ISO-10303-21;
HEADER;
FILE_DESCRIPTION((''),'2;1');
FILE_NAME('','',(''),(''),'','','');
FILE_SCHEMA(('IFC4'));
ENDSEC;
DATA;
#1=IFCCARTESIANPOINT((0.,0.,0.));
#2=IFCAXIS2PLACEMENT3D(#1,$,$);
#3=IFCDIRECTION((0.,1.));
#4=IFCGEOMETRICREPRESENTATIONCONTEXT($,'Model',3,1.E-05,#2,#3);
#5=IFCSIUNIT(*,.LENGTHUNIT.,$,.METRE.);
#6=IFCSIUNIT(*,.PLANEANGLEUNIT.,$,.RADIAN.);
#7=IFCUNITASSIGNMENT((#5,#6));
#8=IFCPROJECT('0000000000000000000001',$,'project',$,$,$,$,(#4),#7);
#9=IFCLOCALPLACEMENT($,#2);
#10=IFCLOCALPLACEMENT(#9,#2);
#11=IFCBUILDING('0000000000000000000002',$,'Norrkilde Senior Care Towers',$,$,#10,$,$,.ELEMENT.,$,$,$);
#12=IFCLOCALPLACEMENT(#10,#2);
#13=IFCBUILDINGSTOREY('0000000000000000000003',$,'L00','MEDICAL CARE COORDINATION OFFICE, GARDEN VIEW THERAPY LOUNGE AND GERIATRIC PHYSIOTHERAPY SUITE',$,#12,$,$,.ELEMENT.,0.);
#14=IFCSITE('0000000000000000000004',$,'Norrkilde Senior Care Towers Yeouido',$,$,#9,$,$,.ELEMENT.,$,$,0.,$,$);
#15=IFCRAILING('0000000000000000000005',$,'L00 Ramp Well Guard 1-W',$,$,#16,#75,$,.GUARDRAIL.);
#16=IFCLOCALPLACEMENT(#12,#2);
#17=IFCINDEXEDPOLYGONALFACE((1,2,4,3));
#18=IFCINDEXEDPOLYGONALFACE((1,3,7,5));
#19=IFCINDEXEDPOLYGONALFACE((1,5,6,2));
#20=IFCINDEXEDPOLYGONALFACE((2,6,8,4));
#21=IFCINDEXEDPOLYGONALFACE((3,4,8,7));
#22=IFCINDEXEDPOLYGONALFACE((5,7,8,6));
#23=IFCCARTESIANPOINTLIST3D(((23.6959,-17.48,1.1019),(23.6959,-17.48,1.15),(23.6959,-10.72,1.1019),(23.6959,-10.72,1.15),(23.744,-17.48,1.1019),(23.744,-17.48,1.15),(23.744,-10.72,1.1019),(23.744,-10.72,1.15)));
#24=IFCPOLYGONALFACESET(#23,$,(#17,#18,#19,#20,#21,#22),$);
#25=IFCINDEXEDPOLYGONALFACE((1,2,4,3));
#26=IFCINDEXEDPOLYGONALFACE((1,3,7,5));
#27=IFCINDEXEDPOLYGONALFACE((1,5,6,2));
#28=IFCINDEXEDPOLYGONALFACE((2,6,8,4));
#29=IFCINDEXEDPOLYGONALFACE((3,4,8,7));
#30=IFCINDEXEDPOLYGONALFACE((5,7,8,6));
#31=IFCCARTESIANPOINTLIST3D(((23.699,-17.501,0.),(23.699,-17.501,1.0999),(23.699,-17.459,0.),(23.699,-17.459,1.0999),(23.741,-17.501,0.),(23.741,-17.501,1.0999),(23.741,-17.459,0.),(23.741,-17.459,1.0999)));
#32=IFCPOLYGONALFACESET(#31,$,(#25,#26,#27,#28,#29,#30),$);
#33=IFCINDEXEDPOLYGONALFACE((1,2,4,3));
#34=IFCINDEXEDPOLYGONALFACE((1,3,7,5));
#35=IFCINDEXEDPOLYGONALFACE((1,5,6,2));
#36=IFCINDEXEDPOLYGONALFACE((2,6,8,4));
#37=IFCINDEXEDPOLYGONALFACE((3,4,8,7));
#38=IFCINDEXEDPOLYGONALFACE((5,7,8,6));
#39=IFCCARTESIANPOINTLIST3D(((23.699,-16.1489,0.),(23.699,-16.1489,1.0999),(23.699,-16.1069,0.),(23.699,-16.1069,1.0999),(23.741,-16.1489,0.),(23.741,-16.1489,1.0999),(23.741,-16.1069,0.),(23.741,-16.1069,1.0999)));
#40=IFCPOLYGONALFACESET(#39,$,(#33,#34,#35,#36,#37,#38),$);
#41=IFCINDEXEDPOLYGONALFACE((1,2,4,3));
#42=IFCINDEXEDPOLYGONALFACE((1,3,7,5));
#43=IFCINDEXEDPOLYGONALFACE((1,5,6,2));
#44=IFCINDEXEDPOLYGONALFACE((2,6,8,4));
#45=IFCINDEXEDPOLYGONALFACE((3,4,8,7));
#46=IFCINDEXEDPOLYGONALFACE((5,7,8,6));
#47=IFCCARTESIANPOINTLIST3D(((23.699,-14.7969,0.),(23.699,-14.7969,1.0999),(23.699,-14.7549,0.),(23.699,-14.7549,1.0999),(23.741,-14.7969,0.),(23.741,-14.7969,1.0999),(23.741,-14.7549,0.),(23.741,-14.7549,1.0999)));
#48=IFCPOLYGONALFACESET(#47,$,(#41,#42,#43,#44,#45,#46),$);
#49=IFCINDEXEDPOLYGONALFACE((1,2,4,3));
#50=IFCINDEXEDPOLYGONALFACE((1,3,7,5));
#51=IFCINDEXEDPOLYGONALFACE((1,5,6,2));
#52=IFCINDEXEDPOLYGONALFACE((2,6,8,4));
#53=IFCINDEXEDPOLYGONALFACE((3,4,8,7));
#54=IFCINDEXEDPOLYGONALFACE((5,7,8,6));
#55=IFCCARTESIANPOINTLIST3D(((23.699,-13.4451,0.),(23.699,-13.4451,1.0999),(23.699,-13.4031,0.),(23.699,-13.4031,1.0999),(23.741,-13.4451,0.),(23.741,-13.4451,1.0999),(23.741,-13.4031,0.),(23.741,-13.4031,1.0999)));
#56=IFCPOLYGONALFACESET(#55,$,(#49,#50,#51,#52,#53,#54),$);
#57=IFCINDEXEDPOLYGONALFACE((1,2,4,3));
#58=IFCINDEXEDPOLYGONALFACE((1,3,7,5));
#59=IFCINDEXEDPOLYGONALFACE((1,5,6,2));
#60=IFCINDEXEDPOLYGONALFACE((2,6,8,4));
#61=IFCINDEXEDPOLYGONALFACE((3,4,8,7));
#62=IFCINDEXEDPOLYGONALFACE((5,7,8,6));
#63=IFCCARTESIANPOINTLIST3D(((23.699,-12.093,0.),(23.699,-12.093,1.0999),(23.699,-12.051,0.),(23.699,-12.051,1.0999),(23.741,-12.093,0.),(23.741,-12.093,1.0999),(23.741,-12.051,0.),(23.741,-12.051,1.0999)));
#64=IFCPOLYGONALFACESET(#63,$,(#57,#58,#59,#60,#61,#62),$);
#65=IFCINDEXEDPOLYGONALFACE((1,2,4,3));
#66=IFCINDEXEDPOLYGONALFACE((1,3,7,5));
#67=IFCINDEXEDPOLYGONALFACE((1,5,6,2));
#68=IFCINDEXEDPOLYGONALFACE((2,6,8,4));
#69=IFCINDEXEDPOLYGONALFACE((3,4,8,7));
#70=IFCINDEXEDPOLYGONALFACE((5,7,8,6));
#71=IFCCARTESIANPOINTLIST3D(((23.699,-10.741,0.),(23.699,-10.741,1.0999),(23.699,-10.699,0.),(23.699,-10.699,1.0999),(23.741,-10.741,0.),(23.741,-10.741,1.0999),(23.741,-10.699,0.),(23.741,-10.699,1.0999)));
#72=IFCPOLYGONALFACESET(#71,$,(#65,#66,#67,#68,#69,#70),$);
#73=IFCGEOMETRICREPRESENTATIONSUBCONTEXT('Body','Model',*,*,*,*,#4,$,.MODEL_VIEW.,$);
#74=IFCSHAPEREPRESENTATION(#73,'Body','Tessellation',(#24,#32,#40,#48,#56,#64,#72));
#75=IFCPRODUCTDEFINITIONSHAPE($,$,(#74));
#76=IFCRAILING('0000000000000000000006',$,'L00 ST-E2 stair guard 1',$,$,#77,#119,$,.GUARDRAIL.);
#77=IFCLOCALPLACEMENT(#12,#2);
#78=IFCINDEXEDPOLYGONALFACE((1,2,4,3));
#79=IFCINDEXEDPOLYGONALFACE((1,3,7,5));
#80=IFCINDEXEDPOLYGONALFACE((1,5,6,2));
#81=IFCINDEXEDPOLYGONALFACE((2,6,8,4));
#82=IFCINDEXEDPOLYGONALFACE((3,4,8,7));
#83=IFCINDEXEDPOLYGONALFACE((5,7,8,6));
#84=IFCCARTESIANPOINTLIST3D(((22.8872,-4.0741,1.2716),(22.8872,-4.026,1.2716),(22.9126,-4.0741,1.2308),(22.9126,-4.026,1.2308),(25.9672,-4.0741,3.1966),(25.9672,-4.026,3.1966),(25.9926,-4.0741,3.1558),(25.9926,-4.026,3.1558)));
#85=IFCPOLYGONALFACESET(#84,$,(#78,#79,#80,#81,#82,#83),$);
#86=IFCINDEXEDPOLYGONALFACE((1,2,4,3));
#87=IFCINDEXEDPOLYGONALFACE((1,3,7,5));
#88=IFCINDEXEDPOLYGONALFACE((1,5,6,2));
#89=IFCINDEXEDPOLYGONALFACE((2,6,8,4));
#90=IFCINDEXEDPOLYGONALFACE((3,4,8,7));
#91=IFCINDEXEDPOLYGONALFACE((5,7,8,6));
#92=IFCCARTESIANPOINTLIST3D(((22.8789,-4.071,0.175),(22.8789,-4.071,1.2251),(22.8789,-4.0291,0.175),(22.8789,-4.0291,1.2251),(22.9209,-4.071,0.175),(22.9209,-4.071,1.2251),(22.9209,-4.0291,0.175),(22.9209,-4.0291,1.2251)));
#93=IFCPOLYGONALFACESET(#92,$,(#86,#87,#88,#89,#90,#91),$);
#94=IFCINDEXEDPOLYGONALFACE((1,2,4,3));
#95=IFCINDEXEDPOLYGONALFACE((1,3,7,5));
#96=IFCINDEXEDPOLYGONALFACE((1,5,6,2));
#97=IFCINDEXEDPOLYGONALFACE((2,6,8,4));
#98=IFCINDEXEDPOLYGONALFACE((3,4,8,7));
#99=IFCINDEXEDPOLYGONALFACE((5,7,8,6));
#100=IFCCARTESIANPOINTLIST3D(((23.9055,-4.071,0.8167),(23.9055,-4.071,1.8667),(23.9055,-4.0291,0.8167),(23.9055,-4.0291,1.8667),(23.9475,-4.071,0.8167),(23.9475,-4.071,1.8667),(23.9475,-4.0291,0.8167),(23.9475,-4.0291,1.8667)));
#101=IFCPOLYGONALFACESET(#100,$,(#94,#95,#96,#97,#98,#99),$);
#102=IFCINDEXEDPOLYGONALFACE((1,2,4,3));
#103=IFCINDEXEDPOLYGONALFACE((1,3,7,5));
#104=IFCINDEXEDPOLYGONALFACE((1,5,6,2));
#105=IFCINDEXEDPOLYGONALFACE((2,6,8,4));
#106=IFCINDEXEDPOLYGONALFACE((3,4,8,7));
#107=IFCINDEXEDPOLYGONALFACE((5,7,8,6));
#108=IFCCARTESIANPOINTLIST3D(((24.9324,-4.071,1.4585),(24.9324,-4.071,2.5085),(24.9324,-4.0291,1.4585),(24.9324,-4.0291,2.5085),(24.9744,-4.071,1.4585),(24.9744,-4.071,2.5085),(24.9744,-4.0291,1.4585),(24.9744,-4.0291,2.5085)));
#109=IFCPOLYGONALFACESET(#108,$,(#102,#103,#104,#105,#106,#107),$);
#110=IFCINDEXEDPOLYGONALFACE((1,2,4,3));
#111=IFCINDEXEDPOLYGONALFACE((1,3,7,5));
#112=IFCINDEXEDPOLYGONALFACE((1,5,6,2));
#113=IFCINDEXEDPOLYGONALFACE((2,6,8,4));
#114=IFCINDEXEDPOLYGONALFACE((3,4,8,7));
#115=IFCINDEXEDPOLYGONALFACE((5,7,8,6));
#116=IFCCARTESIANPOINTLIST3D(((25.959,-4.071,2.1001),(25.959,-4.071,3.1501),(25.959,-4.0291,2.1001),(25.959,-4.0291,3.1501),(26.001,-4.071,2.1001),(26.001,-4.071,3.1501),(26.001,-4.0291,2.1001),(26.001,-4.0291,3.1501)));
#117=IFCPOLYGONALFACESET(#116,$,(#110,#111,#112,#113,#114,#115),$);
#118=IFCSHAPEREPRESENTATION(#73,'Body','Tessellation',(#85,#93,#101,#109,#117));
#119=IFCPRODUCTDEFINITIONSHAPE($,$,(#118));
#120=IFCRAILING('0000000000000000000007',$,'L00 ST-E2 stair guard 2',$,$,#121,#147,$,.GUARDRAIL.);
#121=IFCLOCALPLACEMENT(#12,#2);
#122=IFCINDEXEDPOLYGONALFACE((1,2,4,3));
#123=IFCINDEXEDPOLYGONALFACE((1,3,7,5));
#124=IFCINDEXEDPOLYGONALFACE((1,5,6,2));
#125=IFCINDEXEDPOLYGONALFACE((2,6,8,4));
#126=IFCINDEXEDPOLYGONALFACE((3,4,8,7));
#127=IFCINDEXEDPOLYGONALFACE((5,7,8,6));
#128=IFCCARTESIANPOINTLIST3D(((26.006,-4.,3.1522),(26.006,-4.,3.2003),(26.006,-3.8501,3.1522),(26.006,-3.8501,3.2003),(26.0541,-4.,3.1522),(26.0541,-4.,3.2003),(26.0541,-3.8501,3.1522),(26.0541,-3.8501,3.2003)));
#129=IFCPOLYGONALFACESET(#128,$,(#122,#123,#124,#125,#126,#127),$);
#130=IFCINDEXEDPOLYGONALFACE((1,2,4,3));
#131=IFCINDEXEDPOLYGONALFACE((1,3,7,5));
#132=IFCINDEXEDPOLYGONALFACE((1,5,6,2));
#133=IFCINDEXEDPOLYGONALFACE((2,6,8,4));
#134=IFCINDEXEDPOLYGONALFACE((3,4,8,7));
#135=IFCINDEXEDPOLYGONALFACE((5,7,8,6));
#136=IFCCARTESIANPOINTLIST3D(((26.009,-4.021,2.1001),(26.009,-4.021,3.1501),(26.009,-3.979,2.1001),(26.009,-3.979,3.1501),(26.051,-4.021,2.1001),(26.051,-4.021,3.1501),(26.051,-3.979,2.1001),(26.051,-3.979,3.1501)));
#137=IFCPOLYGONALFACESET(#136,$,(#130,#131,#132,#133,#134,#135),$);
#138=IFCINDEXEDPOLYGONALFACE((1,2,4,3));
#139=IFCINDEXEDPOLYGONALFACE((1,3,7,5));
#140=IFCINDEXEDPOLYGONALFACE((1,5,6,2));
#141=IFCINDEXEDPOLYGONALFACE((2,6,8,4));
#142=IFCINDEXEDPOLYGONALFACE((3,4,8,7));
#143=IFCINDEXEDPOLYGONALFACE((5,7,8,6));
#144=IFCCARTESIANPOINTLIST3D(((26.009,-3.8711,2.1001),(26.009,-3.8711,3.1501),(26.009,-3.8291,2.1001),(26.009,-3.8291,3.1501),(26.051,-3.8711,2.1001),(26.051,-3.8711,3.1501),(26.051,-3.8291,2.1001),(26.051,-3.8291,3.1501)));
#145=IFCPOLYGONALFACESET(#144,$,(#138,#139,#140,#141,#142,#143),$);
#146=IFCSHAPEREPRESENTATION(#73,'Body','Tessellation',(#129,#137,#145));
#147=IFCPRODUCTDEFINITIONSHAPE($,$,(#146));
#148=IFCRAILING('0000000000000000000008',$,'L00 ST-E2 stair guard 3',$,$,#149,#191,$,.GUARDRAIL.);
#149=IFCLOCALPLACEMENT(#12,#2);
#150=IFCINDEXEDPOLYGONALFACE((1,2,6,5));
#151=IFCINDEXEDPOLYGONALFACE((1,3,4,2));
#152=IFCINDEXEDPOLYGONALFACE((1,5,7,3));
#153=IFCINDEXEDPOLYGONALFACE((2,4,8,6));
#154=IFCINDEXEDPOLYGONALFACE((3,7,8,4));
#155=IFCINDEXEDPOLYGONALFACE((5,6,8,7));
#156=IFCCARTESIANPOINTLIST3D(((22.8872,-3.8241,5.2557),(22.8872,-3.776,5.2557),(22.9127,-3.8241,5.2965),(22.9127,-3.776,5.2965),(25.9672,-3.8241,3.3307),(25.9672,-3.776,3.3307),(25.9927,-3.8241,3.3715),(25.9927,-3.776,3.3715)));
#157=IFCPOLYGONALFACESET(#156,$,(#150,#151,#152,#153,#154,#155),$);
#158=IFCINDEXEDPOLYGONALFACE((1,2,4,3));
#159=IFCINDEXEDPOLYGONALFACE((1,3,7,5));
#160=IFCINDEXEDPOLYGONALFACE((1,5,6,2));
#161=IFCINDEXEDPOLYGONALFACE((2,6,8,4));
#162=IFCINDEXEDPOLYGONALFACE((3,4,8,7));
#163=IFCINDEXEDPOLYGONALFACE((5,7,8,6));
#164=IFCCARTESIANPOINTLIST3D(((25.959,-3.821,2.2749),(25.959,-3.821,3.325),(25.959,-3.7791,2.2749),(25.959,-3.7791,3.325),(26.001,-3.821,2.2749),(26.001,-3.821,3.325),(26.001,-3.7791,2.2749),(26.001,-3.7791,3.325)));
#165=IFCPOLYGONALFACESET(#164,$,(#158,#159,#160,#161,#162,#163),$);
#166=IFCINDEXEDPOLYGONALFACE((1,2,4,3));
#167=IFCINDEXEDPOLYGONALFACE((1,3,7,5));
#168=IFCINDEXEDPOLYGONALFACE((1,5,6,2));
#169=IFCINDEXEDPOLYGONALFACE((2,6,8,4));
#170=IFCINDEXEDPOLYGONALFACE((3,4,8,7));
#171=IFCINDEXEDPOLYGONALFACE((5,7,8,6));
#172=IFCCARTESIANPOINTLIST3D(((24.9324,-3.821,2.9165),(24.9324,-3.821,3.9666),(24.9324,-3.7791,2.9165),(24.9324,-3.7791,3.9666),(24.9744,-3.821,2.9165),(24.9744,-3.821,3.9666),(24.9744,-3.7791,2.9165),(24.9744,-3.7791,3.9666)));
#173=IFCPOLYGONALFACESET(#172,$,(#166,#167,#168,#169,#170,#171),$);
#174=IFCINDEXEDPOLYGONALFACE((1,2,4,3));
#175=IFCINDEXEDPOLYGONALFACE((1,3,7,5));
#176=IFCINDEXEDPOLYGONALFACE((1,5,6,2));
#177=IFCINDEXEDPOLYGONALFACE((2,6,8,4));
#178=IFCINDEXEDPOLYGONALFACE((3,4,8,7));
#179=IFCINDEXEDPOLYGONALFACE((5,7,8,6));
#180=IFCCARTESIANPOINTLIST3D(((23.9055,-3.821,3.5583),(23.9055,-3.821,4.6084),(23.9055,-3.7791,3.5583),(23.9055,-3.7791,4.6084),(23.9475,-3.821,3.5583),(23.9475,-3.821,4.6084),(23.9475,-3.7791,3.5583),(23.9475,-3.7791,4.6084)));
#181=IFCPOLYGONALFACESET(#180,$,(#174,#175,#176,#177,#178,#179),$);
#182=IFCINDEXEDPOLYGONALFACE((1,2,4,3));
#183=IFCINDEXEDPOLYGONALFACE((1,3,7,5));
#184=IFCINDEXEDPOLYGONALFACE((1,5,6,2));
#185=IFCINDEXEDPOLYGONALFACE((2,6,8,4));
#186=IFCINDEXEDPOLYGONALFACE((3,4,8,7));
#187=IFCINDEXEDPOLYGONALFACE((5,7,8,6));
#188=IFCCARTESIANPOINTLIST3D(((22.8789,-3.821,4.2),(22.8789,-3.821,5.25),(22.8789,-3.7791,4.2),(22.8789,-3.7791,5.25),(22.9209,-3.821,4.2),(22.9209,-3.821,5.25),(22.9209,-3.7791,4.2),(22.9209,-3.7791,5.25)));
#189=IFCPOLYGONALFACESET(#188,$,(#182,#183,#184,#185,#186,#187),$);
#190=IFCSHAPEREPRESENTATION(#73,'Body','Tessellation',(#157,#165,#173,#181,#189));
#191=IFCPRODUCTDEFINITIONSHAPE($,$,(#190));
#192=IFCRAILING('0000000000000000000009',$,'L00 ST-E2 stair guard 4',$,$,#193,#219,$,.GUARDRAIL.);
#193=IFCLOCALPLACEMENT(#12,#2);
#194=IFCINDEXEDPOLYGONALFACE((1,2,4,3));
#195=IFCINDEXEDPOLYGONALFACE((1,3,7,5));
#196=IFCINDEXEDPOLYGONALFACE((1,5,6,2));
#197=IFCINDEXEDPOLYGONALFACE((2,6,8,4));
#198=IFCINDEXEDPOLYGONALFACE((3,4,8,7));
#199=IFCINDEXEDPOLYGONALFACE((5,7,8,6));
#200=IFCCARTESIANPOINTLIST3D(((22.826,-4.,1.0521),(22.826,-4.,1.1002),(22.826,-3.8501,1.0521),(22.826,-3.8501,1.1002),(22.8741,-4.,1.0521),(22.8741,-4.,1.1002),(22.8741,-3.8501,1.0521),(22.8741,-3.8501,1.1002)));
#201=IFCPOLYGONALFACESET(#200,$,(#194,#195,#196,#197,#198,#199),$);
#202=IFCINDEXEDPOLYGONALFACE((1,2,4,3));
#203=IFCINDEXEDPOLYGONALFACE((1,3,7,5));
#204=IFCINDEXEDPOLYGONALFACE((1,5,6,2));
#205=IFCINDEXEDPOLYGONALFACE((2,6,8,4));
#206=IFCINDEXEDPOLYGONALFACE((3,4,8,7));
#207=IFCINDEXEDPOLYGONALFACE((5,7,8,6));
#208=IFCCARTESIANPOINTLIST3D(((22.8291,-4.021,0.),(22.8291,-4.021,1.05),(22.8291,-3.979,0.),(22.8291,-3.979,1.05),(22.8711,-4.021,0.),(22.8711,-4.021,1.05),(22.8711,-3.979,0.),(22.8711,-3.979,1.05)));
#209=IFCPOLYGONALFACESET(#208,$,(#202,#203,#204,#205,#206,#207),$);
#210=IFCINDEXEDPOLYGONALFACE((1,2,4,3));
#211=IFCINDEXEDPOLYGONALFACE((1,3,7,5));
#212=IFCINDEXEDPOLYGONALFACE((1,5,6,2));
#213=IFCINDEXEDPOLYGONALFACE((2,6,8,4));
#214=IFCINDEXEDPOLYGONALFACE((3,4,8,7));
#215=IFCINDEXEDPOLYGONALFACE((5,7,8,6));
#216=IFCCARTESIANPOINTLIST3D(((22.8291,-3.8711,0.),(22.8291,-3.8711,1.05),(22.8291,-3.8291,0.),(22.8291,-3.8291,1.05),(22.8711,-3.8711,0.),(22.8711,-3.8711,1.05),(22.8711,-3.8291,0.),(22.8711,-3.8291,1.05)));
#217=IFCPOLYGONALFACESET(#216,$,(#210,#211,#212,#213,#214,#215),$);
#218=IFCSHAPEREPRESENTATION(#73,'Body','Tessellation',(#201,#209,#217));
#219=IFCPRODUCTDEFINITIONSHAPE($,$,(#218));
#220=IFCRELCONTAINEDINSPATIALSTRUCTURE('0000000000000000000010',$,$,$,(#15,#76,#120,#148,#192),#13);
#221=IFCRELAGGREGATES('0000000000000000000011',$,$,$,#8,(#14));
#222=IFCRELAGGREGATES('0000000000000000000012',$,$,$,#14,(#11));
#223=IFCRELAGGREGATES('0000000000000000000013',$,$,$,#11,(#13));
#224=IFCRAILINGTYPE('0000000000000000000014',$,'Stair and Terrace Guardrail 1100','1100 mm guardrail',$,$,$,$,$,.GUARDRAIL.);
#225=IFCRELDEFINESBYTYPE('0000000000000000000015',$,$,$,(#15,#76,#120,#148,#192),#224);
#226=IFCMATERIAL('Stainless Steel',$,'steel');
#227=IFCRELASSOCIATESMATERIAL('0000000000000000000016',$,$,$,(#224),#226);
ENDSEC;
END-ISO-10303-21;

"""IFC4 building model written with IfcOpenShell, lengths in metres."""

from ifc_helpers import new_model, si_unit, direction, frame, origin, origin_2d, place, context, subcontext, project, spatial, rectangle, extrude, material, type_object, element, save


model = new_model("IFC4")

# Units and contexts
model_context = context("Model", 3, precision=1e-05, world=origin(), true_north=direction((0.0, 1.0)))
body_context = subcontext(model_context, "Body", "Model", "MODEL_VIEW")
ifc_project = project(units=[si_unit("LENGTHUNIT", "METRE"), si_unit("PLANEANGLEUNIT", "RADIAN")], contexts=[model_context])

# Site, building, storey
site_placement = place(None, origin())
site = spatial("IfcSite", under=ifc_project, at=site_placement, Name="Norrkilde Senior Care Towers Yeouido", CompositionType="ELEMENT", RefElevation=0.0)
building_placement = place(site_placement, origin())
building = spatial("IfcBuilding", under=site, at=building_placement, Name="Norrkilde Senior Care Towers", CompositionType="ELEMENT")
storey_placement = place(building_placement, origin())
storey = spatial("IfcBuildingStorey", under=building, at=storey_placement, Name="L00", Description="MEDICAL CARE COORDINATION OFFICE, GARDEN VIEW THERAPY LOUNGE AND GERIATRIC PHYSIOTHERAPY SUITE", CompositionType="ELEMENT", Elevation=0.0)

# Railings
ifc_material_1 = material(Name="Stainless Steel", Category="steel")
railing_type_1 = type_object("IfcRailingType", Name="Stair and Terrace Guardrail 1100", Description="1100 mm guardrail", PredefinedType="GUARDRAIL", material=ifc_material_1)
railing_1_placement = place(storey_placement, frame((23.72, -17.48, 0.0)))
element("IfcRailing", 1, at=railing_1_placement, inside=storey, type_object=railing_type_1, Name="L00 Ramp Well Guard 1-W", PredefinedType="GUARDRAIL", context=body_context, shape_type="SweptSolid", body=[
    extrude(rectangle(XDim=0.0481, YDim=0.0481, at=origin_2d()), frame((0.0, 0.0, 1.126), z_axis=(0.0, 1.0, 0.0), x_axis=(-1.0, 0.0, 0.0)), (0.0, 0.0, 1.0), 6.76),
    extrude(rectangle(XDim=0.042, YDim=0.042, at=origin_2d()), origin(), (0.0, 0.0, 1.0), 1.0999),
    extrude(rectangle(XDim=0.042, YDim=0.042, at=origin_2d()), frame((0.0, 1.3521, 0.0)), (0.0, 0.0, 1.0), 1.0999),
    extrude(rectangle(XDim=0.042, YDim=0.042, at=origin_2d()), frame((0.0, 2.7041, 0.0)), (0.0, 0.0, 1.0), 1.0999),
    extrude(rectangle(XDim=0.042, YDim=0.042, at=origin_2d()), frame((0.0, 4.0559, 0.0)), (0.0, 0.0, 1.0), 1.0999),
    extrude(rectangle(XDim=0.042, YDim=0.042, at=origin_2d()), frame((0.0, 5.408, 0.0)), (0.0, 0.0, 1.0), 1.0999),
    extrude(rectangle(XDim=0.042, YDim=0.042, at=origin_2d()), frame((0.0, 6.76, 0.0)), (0.0, 0.0, 1.0), 1.0999),
])
railing_2_placement = place(storey_placement, frame((22.8999, -4.05, 0.175)))
element("IfcRailing", 2, at=railing_2_placement, inside=storey, type_object=railing_type_1, Name="L00 ST-E2 stair guard 1", PredefinedType="GUARDRAIL", context=body_context, shape_type="SweptSolid", body=[
    extrude(rectangle(XDim=0.0481, YDim=0.0481, at=origin_2d()), frame((0.0, 0.0, 1.0762), z_axis=(0.847998, 0.0, 0.529999), x_axis=(0.0, 1.0, 0.0)), (0.0, 0.0, 1.0), 3.6321),
    extrude(rectangle(XDim=0.042, YDim=0.042, at=origin_2d()), origin(), (0.0, 0.0, 1.0), 1.05),
    extrude(rectangle(XDim=0.042, YDim=0.042, at=origin_2d()), frame((1.0266, 0.0, 0.6416)), (0.0, 0.0, 1.0), 1.05),
    extrude(rectangle(XDim=0.042, YDim=0.042, at=origin_2d()), frame((2.0535, 0.0, 1.2834)), (0.0, 0.0, 1.0), 1.05),
    extrude(rectangle(XDim=0.042, YDim=0.042, at=origin_2d()), frame((3.0801, 0.0, 1.925)), (0.0, 0.0, 1.0), 1.05),
])
railing_3_placement = place(storey_placement, frame((26.03, -4.0, 2.1001)))
element("IfcRailing", 3, at=railing_3_placement, inside=storey, type_object=railing_type_1, Name="L00 ST-E2 stair guard 2", PredefinedType="GUARDRAIL", context=body_context, shape_type="SweptSolid", body=[
    extrude(rectangle(XDim=0.0481, YDim=0.0481, at=origin_2d()), frame((0.0, 0.0, 1.0762), z_axis=(0.0, 1.0, 0.0), x_axis=(-1.0, 0.0, 0.0)), (0.0, 0.0, 1.0), 0.1499),
    extrude(rectangle(XDim=0.042, YDim=0.042, at=origin_2d()), origin(), (0.0, 0.0, 1.0), 1.05),
    extrude(rectangle(XDim=0.042, YDim=0.042, at=origin_2d()), frame((0.0, 0.1499, 0.0)), (0.0, 0.0, 1.0), 1.05),
])
railing_4_placement = place(storey_placement, frame((25.98, -3.8, 2.2749)))
element("IfcRailing", 4, at=railing_4_placement, inside=storey, type_object=railing_type_1, Name="L00 ST-E2 stair guard 3", PredefinedType="GUARDRAIL", context=body_context, shape_type="SweptSolid", body=[
    extrude(rectangle(XDim=0.0481, YDim=0.0481, at=origin_2d()), frame((0.0, 0.0, 1.0762), z_axis=(-0.847998, 0.0, 0.529999), x_axis=(0.0, -1.0, 0.0)), (0.0, 0.0, 1.0), 3.6321),
    extrude(rectangle(XDim=0.042, YDim=0.042, at=origin_2d()), origin(), (0.0, 0.0, 1.0), 1.05),
    extrude(rectangle(XDim=0.042, YDim=0.042, at=origin_2d()), frame((-1.0266, 0.0, 0.6416)), (0.0, 0.0, 1.0), 1.05),
    extrude(rectangle(XDim=0.042, YDim=0.042, at=origin_2d()), frame((-2.0535, 0.0, 1.2834)), (0.0, 0.0, 1.0), 1.05),
    extrude(rectangle(XDim=0.042, YDim=0.042, at=origin_2d()), frame((-3.0801, 0.0, 1.925)), (0.0, 0.0, 1.0), 1.05),
])
railing_5_placement = place(storey_placement, frame((22.8501, -4.0, 0.0)))
element("IfcRailing", 5, at=railing_5_placement, inside=storey, type_object=railing_type_1, Name="L00 ST-E2 stair guard 4", PredefinedType="GUARDRAIL", context=body_context, shape_type="SweptSolid", body=[
    extrude(rectangle(XDim=0.0481, YDim=0.0481, at=origin_2d()), frame((0.0, 0.0, 1.0762), z_axis=(0.0, 1.0, 0.0), x_axis=(-1.0, 0.0, 0.0)), (0.0, 0.0, 1.0), 0.1499),
    extrude(rectangle(XDim=0.042, YDim=0.042, at=origin_2d()), origin(), (0.0, 0.0, 1.0), 1.05),
    extrude(rectangle(XDim=0.042, YDim=0.042, at=origin_2d()), frame((0.0, 0.1499, 0.0)), (0.0, 0.0, 1.0), 1.05),
])

save(model, "model.ifc")
